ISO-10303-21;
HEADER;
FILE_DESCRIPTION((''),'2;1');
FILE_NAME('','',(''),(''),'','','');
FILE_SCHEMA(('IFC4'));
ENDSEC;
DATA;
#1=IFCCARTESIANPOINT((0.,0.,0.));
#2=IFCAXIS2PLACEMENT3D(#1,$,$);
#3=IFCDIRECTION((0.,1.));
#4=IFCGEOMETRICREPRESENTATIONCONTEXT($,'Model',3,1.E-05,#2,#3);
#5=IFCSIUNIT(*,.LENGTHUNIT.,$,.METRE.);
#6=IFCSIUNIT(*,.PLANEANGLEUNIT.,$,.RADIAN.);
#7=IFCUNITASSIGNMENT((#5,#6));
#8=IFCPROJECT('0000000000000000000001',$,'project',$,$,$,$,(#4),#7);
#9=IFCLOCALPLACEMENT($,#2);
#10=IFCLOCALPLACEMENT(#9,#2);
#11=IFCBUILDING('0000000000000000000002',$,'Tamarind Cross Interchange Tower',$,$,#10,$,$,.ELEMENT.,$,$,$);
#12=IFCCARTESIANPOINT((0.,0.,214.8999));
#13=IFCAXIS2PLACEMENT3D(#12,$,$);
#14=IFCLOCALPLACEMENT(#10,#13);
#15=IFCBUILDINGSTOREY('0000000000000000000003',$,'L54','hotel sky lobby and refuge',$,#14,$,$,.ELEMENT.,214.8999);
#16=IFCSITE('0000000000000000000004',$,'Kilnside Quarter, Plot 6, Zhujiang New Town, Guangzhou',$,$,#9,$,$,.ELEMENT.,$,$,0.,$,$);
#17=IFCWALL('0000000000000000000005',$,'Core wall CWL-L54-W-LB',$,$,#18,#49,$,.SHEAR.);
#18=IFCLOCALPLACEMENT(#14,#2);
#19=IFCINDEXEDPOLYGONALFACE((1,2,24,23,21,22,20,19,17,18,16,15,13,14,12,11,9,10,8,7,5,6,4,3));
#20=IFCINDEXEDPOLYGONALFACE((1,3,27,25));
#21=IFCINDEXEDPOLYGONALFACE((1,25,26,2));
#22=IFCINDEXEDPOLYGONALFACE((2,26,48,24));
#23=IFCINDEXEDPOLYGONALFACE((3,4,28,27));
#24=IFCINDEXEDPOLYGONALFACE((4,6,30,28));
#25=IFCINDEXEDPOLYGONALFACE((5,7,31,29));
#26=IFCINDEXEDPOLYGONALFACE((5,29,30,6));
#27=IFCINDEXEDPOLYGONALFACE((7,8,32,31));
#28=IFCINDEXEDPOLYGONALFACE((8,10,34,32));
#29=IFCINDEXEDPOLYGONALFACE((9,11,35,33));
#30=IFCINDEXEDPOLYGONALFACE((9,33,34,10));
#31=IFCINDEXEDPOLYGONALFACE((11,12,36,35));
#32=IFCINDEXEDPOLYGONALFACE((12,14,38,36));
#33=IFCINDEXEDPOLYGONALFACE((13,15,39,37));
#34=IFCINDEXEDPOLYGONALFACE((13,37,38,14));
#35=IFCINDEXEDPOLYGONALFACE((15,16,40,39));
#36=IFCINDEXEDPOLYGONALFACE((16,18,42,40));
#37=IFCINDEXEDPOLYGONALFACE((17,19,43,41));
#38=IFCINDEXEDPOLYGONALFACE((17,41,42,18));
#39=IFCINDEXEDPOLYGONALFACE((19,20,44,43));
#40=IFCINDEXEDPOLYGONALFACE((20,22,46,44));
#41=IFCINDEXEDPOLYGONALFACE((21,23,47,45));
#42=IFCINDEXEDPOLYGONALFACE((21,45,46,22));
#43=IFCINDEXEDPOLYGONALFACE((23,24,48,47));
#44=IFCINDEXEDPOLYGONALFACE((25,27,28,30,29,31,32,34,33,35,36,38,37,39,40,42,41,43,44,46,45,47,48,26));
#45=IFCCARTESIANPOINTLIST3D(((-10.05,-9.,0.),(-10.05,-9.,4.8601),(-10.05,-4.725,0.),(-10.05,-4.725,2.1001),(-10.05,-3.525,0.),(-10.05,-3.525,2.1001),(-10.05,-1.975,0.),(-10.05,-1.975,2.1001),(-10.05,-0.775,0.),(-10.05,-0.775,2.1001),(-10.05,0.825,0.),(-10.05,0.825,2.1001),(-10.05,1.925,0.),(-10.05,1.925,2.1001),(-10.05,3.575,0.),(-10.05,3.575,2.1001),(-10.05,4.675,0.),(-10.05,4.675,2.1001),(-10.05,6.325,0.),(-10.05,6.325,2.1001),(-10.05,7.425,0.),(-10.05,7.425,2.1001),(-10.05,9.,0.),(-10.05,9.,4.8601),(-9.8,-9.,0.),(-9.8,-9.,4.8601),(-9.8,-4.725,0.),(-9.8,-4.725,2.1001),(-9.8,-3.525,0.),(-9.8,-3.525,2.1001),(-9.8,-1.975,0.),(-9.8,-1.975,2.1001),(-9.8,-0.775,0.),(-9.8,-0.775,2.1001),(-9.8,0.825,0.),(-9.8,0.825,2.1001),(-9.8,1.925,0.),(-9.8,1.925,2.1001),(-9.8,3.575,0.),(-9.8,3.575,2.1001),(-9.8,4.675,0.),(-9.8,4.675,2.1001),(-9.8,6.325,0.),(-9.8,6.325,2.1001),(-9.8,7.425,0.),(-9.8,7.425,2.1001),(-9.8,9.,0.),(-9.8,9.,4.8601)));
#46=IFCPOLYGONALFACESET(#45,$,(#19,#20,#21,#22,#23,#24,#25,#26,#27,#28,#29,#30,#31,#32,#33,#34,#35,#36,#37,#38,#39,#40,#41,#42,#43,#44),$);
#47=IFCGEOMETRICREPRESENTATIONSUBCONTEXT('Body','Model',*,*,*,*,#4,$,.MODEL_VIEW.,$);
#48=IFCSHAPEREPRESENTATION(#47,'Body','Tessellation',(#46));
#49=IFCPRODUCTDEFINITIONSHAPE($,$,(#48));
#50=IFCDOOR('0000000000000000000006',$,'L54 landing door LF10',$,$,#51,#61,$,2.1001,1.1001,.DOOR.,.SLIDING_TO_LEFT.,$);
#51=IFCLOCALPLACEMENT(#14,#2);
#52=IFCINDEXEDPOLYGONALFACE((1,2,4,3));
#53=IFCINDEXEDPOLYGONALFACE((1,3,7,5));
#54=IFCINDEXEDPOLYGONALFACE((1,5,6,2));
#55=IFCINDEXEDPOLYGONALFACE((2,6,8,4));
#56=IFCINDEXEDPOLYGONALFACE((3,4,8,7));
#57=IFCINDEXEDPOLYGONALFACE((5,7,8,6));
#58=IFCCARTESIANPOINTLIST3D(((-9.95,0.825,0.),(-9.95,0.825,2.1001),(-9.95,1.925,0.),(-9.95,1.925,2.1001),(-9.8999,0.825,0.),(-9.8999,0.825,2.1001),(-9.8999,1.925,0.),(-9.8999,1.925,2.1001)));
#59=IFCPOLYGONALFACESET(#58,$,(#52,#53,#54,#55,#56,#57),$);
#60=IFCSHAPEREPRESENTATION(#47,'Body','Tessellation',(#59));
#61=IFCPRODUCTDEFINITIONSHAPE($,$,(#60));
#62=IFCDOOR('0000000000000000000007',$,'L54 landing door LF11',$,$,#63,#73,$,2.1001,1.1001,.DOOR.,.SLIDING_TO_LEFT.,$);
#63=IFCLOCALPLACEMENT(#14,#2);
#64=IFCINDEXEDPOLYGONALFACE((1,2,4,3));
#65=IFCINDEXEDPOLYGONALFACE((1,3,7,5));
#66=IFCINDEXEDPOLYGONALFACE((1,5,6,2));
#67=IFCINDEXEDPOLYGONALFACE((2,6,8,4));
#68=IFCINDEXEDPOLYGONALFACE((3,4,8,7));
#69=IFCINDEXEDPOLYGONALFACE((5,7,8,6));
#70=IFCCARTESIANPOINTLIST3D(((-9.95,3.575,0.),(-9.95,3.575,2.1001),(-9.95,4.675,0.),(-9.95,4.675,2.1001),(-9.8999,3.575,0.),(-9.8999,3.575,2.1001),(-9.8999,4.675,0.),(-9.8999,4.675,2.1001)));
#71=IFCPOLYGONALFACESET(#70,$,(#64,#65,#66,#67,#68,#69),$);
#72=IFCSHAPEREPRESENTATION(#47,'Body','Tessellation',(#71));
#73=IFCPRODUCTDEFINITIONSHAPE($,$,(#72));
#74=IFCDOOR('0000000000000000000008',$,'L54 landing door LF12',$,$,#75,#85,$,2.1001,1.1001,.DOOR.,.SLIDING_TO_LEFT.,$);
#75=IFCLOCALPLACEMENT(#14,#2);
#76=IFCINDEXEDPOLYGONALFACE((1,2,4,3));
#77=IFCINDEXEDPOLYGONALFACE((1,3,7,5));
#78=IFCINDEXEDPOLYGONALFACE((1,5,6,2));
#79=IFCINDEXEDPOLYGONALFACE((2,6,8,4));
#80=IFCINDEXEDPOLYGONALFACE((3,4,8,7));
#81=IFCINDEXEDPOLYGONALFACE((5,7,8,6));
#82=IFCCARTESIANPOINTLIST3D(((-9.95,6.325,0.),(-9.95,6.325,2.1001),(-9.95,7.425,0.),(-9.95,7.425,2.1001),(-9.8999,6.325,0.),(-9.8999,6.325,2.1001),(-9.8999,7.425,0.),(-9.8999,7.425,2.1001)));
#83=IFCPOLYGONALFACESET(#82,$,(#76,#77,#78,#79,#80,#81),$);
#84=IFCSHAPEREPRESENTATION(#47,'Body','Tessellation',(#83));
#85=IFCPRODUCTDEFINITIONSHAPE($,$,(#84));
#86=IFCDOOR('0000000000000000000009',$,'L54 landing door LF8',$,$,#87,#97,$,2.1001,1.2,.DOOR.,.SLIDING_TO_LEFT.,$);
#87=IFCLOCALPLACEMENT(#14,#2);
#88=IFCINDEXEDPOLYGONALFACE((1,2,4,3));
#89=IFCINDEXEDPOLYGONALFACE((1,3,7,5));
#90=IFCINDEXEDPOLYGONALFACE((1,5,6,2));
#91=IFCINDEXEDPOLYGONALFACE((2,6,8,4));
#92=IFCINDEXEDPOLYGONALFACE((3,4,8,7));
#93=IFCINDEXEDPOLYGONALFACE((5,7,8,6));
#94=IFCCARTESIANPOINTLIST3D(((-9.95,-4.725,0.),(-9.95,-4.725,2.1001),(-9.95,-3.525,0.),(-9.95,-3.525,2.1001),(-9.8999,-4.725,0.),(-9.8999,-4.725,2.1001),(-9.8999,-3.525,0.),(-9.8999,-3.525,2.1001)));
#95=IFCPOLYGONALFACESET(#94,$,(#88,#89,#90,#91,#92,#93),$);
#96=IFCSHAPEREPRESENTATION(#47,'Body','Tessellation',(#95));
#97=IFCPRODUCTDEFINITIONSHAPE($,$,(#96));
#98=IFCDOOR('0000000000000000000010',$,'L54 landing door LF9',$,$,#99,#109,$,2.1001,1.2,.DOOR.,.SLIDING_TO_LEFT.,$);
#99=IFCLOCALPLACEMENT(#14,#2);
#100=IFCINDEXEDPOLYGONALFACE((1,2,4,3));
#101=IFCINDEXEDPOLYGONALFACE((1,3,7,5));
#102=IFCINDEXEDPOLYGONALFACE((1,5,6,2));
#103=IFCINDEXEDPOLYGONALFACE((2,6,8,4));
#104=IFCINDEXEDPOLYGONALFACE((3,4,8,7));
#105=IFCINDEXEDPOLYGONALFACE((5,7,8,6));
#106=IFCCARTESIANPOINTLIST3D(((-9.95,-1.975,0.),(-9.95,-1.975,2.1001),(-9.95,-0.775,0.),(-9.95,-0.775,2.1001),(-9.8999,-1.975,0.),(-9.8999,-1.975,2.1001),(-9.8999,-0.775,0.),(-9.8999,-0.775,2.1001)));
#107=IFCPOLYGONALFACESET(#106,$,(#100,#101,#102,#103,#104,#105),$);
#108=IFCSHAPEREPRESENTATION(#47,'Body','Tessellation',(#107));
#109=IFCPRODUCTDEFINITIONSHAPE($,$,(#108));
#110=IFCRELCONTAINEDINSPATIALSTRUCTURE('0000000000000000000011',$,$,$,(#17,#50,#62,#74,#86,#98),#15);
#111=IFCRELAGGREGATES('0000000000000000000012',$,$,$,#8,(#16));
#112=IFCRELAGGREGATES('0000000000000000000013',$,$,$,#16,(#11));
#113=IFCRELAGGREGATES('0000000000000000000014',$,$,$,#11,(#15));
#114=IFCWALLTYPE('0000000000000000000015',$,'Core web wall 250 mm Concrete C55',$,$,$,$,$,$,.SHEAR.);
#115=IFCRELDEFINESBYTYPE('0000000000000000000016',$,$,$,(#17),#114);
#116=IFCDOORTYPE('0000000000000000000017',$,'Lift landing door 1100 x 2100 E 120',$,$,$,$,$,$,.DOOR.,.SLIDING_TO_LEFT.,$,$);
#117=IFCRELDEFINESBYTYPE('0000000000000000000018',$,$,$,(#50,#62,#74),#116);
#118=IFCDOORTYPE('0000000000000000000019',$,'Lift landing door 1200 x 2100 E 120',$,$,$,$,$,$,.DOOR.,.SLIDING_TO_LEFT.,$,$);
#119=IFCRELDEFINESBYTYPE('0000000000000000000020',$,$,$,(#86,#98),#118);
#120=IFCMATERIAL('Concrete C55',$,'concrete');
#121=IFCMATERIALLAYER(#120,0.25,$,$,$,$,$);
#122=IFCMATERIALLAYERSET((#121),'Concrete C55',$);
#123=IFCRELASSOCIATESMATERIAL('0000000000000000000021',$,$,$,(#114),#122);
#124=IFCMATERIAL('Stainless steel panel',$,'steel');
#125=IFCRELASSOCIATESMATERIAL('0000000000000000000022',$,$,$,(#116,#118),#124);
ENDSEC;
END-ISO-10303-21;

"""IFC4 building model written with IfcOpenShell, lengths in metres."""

from ifc_helpers import new_model, si_unit, direction, frame, frame_2d, origin, place, context, subcontext, project, spatial, rectangle, extrude, material, layer, layer_set, type_object, element, fill, save


model = new_model("IFC4")

# Units and contexts
model_context = context("Model", 3, precision=1e-05, world=origin(), true_north=direction((0.0, 1.0)))
body_context = subcontext(model_context, "Body", "Model", "MODEL_VIEW")
ifc_project = project(units=[si_unit("LENGTHUNIT", "METRE"), si_unit("PLANEANGLEUNIT", "RADIAN")], contexts=[model_context])

# Site, building, storey
site_placement = place(None, origin())
site = spatial("IfcSite", under=ifc_project, at=site_placement, Name="Kilnside Quarter, Plot 6, Zhujiang New Town, Guangzhou", CompositionType="ELEMENT", RefElevation=0.0)
building_placement = place(site_placement, origin())
building = spatial("IfcBuilding", under=site, at=building_placement, Name="Tamarind Cross Interchange Tower", CompositionType="ELEMENT")
storey_placement = place(building_placement, frame((0.0, 0.0, 214.8999)))
storey = spatial("IfcBuildingStorey", under=building, at=storey_placement, Name="L54", Description="hotel sky lobby and refuge", CompositionType="ELEMENT", Elevation=214.8999)

# Wall, openings, doors
ifc_material_1 = material(Name="Concrete C55", Category="concrete")
ifc_layer_1 = layer(ifc_material_1, 0.25)
ifc_layer_set_1 = layer_set([ifc_layer_1], Name="Concrete C55")
wall_type_1 = type_object("IfcWallType", Name="Core web wall 250 mm Concrete C55", PredefinedType="SHEAR", material=ifc_layer_set_1)
ifc_material_2 = material(Name="Stainless steel panel", Category="steel")
wall_1_placement = place(storey_placement, frame((-9.925, -9.0, 0.0), z_axis=(0.0, 0.0, 1.0), x_axis=(0.0, 1.0, 0.0)))
wall_1 = element("IfcWall", 1, at=wall_1_placement, inside=storey, type_object=wall_type_1, Name="Core wall CWL-L54-W-LB", PredefinedType="SHEAR", context=body_context, shape_type="SweptSolid", body=[
    extrude(rectangle(XDim=18.0, YDim=0.25, at=frame_2d((9.0, 0.0))), origin(), (0.0, 0.0, 1.0), 4.8601),
])
opening_1_placement = place(wall_1_placement, frame((4.2749, 0.0, 0.0)))
opening_1 = element("IfcOpeningElement", 2, at=opening_1_placement, cuts=wall_1, PredefinedType="OPENING", context=body_context, shape_type="SweptSolid", body=[
    extrude(rectangle(XDim=1.2, YDim=2.1001, at=frame_2d((0.6001, 1.05))), frame((0.0, 0.135, 0.0), z_axis=(0.0, -1.0, 0.0), x_axis=(1.0, 0.0, 0.0)), (0.0, 0.0, 1.0), 0.27),
])
opening_2_placement = place(wall_1_placement, frame((7.0249, 0.0, 0.0)))
opening_2 = element("IfcOpeningElement", 3, at=opening_2_placement, cuts=wall_1, PredefinedType="OPENING", context=body_context, shape_type="SweptSolid", body=[
    extrude(rectangle(XDim=1.2, YDim=2.1001, at=frame_2d((0.6001, 1.05))), frame((0.0, 0.135, 0.0), z_axis=(0.0, -1.0, 0.0), x_axis=(1.0, 0.0, 0.0)), (0.0, 0.0, 1.0), 0.27),
])
opening_3_placement = place(wall_1_placement, frame((9.825, 0.0, 0.0)))
opening_3 = element("IfcOpeningElement", 4, at=opening_3_placement, cuts=wall_1, PredefinedType="OPENING", context=body_context, shape_type="SweptSolid", body=[
    extrude(rectangle(XDim=1.1001, YDim=2.1001, at=frame_2d((0.55, 1.05))), frame((0.0, 0.135, 0.0), z_axis=(0.0, -1.0, 0.0), x_axis=(1.0, 0.0, 0.0)), (0.0, 0.0, 1.0), 0.27),
])
opening_4_placement = place(wall_1_placement, frame((12.575, 0.0, 0.0)))
opening_4 = element("IfcOpeningElement", 5, at=opening_4_placement, cuts=wall_1, PredefinedType="OPENING", context=body_context, shape_type="SweptSolid", body=[
    extrude(rectangle(XDim=1.1001, YDim=2.1001, at=frame_2d((0.55, 1.05))), frame((0.0, 0.135, 0.0), z_axis=(0.0, -1.0, 0.0), x_axis=(1.0, 0.0, 0.0)), (0.0, 0.0, 1.0), 0.27),
])
opening_5_placement = place(wall_1_placement, frame((15.325, 0.0, 0.0)))
opening_5 = element("IfcOpeningElement", 6, at=opening_5_placement, cuts=wall_1, PredefinedType="OPENING", context=body_context, shape_type="SweptSolid", body=[
    extrude(rectangle(XDim=1.1001, YDim=2.1001, at=frame_2d((0.55, 1.05))), frame((0.0, 0.135, 0.0), z_axis=(0.0, -1.0, 0.0), x_axis=(1.0, 0.0, 0.0)), (0.0, 0.0, 1.0), 0.27),
])
door_type_1 = type_object("IfcDoorType", Name="Lift landing door 1100 x 2100 E 120", OperationType="SLIDING_TO_LEFT", PredefinedType="DOOR", material=ifc_material_2)
door_1_placement = place(opening_3_placement, origin())
door_1 = element("IfcDoor", 7, at=door_1_placement, inside=storey, type_object=door_type_1, Name="L54 landing door LF10", OperationType="SLIDING_TO_LEFT", OverallHeight=2.1001, OverallWidth=1.1001, PredefinedType="DOOR", context=body_context, shape_type="SweptSolid", body=[
    extrude(rectangle(XDim=1.1001, YDim=2.1001, at=frame_2d((0.55, 1.05))), frame((0.0, 0.0249, 0.0), z_axis=(0.0, -1.0, 0.0), x_axis=(1.0, 0.0, 0.0)), (0.0, 0.0, 1.0), 0.05),
])
fill(opening_3, door_1)
door_2_placement = place(opening_4_placement, origin())
door_2 = element("IfcDoor", 8, at=door_2_placement, inside=storey, type_object=door_type_1, Name="L54 landing door LF11", OperationType="SLIDING_TO_LEFT", OverallHeight=2.1001, OverallWidth=1.1001, PredefinedType="DOOR", context=body_context, shape_type="SweptSolid", body=[
    extrude(rectangle(XDim=1.1001, YDim=2.1001, at=frame_2d((0.55, 1.05))), frame((0.0, 0.0249, 0.0), z_axis=(0.0, -1.0, 0.0), x_axis=(1.0, 0.0, 0.0)), (0.0, 0.0, 1.0), 0.05),
])
fill(opening_4, door_2)
door_3_placement = place(opening_5_placement, origin())
door_3 = element("IfcDoor", 9, at=door_3_placement, inside=storey, type_object=door_type_1, Name="L54 landing door LF12", OperationType="SLIDING_TO_LEFT", OverallHeight=2.1001, OverallWidth=1.1001, PredefinedType="DOOR", context=body_context, shape_type="SweptSolid", body=[
    extrude(rectangle(XDim=1.1001, YDim=2.1001, at=frame_2d((0.55, 1.05))), frame((0.0, 0.0249, 0.0), z_axis=(0.0, -1.0, 0.0), x_axis=(1.0, 0.0, 0.0)), (0.0, 0.0, 1.0), 0.05),
])
fill(opening_5, door_3)
door_type_2 = type_object("IfcDoorType", Name="Lift landing door 1200 x 2100 E 120", OperationType="SLIDING_TO_LEFT", PredefinedType="DOOR", material=ifc_material_2)
door_4_placement = place(opening_1_placement, origin())
door_4 = element("IfcDoor", 10, at=door_4_placement, inside=storey, type_object=door_type_2, Name="L54 landing door LF8", OperationType="SLIDING_TO_LEFT", OverallHeight=2.1001, OverallWidth=1.2, PredefinedType="DOOR", context=body_context, shape_type="SweptSolid", body=[
    extrude(rectangle(XDim=1.2, YDim=2.1001, at=frame_2d((0.6001, 1.05))), frame((0.0, 0.0249, 0.0), z_axis=(0.0, -1.0, 0.0), x_axis=(1.0, 0.0, 0.0)), (0.0, 0.0, 1.0), 0.05),
])
fill(opening_1, door_4)
door_5_placement = place(opening_2_placement, origin())
door_5 = element("IfcDoor", 11, at=door_5_placement, inside=storey, type_object=door_type_2, Name="L54 landing door LF9", OperationType="SLIDING_TO_LEFT", OverallHeight=2.1001, OverallWidth=1.2, PredefinedType="DOOR", context=body_context, shape_type="SweptSolid", body=[
    extrude(rectangle(XDim=1.2, YDim=2.1001, at=frame_2d((0.6001, 1.05))), frame((0.0, 0.0249, 0.0), z_axis=(0.0, -1.0, 0.0), x_axis=(1.0, 0.0, 0.0)), (0.0, 0.0, 1.0), 0.05),
])
fill(opening_2, door_5)

save(model, "model.ifc")
